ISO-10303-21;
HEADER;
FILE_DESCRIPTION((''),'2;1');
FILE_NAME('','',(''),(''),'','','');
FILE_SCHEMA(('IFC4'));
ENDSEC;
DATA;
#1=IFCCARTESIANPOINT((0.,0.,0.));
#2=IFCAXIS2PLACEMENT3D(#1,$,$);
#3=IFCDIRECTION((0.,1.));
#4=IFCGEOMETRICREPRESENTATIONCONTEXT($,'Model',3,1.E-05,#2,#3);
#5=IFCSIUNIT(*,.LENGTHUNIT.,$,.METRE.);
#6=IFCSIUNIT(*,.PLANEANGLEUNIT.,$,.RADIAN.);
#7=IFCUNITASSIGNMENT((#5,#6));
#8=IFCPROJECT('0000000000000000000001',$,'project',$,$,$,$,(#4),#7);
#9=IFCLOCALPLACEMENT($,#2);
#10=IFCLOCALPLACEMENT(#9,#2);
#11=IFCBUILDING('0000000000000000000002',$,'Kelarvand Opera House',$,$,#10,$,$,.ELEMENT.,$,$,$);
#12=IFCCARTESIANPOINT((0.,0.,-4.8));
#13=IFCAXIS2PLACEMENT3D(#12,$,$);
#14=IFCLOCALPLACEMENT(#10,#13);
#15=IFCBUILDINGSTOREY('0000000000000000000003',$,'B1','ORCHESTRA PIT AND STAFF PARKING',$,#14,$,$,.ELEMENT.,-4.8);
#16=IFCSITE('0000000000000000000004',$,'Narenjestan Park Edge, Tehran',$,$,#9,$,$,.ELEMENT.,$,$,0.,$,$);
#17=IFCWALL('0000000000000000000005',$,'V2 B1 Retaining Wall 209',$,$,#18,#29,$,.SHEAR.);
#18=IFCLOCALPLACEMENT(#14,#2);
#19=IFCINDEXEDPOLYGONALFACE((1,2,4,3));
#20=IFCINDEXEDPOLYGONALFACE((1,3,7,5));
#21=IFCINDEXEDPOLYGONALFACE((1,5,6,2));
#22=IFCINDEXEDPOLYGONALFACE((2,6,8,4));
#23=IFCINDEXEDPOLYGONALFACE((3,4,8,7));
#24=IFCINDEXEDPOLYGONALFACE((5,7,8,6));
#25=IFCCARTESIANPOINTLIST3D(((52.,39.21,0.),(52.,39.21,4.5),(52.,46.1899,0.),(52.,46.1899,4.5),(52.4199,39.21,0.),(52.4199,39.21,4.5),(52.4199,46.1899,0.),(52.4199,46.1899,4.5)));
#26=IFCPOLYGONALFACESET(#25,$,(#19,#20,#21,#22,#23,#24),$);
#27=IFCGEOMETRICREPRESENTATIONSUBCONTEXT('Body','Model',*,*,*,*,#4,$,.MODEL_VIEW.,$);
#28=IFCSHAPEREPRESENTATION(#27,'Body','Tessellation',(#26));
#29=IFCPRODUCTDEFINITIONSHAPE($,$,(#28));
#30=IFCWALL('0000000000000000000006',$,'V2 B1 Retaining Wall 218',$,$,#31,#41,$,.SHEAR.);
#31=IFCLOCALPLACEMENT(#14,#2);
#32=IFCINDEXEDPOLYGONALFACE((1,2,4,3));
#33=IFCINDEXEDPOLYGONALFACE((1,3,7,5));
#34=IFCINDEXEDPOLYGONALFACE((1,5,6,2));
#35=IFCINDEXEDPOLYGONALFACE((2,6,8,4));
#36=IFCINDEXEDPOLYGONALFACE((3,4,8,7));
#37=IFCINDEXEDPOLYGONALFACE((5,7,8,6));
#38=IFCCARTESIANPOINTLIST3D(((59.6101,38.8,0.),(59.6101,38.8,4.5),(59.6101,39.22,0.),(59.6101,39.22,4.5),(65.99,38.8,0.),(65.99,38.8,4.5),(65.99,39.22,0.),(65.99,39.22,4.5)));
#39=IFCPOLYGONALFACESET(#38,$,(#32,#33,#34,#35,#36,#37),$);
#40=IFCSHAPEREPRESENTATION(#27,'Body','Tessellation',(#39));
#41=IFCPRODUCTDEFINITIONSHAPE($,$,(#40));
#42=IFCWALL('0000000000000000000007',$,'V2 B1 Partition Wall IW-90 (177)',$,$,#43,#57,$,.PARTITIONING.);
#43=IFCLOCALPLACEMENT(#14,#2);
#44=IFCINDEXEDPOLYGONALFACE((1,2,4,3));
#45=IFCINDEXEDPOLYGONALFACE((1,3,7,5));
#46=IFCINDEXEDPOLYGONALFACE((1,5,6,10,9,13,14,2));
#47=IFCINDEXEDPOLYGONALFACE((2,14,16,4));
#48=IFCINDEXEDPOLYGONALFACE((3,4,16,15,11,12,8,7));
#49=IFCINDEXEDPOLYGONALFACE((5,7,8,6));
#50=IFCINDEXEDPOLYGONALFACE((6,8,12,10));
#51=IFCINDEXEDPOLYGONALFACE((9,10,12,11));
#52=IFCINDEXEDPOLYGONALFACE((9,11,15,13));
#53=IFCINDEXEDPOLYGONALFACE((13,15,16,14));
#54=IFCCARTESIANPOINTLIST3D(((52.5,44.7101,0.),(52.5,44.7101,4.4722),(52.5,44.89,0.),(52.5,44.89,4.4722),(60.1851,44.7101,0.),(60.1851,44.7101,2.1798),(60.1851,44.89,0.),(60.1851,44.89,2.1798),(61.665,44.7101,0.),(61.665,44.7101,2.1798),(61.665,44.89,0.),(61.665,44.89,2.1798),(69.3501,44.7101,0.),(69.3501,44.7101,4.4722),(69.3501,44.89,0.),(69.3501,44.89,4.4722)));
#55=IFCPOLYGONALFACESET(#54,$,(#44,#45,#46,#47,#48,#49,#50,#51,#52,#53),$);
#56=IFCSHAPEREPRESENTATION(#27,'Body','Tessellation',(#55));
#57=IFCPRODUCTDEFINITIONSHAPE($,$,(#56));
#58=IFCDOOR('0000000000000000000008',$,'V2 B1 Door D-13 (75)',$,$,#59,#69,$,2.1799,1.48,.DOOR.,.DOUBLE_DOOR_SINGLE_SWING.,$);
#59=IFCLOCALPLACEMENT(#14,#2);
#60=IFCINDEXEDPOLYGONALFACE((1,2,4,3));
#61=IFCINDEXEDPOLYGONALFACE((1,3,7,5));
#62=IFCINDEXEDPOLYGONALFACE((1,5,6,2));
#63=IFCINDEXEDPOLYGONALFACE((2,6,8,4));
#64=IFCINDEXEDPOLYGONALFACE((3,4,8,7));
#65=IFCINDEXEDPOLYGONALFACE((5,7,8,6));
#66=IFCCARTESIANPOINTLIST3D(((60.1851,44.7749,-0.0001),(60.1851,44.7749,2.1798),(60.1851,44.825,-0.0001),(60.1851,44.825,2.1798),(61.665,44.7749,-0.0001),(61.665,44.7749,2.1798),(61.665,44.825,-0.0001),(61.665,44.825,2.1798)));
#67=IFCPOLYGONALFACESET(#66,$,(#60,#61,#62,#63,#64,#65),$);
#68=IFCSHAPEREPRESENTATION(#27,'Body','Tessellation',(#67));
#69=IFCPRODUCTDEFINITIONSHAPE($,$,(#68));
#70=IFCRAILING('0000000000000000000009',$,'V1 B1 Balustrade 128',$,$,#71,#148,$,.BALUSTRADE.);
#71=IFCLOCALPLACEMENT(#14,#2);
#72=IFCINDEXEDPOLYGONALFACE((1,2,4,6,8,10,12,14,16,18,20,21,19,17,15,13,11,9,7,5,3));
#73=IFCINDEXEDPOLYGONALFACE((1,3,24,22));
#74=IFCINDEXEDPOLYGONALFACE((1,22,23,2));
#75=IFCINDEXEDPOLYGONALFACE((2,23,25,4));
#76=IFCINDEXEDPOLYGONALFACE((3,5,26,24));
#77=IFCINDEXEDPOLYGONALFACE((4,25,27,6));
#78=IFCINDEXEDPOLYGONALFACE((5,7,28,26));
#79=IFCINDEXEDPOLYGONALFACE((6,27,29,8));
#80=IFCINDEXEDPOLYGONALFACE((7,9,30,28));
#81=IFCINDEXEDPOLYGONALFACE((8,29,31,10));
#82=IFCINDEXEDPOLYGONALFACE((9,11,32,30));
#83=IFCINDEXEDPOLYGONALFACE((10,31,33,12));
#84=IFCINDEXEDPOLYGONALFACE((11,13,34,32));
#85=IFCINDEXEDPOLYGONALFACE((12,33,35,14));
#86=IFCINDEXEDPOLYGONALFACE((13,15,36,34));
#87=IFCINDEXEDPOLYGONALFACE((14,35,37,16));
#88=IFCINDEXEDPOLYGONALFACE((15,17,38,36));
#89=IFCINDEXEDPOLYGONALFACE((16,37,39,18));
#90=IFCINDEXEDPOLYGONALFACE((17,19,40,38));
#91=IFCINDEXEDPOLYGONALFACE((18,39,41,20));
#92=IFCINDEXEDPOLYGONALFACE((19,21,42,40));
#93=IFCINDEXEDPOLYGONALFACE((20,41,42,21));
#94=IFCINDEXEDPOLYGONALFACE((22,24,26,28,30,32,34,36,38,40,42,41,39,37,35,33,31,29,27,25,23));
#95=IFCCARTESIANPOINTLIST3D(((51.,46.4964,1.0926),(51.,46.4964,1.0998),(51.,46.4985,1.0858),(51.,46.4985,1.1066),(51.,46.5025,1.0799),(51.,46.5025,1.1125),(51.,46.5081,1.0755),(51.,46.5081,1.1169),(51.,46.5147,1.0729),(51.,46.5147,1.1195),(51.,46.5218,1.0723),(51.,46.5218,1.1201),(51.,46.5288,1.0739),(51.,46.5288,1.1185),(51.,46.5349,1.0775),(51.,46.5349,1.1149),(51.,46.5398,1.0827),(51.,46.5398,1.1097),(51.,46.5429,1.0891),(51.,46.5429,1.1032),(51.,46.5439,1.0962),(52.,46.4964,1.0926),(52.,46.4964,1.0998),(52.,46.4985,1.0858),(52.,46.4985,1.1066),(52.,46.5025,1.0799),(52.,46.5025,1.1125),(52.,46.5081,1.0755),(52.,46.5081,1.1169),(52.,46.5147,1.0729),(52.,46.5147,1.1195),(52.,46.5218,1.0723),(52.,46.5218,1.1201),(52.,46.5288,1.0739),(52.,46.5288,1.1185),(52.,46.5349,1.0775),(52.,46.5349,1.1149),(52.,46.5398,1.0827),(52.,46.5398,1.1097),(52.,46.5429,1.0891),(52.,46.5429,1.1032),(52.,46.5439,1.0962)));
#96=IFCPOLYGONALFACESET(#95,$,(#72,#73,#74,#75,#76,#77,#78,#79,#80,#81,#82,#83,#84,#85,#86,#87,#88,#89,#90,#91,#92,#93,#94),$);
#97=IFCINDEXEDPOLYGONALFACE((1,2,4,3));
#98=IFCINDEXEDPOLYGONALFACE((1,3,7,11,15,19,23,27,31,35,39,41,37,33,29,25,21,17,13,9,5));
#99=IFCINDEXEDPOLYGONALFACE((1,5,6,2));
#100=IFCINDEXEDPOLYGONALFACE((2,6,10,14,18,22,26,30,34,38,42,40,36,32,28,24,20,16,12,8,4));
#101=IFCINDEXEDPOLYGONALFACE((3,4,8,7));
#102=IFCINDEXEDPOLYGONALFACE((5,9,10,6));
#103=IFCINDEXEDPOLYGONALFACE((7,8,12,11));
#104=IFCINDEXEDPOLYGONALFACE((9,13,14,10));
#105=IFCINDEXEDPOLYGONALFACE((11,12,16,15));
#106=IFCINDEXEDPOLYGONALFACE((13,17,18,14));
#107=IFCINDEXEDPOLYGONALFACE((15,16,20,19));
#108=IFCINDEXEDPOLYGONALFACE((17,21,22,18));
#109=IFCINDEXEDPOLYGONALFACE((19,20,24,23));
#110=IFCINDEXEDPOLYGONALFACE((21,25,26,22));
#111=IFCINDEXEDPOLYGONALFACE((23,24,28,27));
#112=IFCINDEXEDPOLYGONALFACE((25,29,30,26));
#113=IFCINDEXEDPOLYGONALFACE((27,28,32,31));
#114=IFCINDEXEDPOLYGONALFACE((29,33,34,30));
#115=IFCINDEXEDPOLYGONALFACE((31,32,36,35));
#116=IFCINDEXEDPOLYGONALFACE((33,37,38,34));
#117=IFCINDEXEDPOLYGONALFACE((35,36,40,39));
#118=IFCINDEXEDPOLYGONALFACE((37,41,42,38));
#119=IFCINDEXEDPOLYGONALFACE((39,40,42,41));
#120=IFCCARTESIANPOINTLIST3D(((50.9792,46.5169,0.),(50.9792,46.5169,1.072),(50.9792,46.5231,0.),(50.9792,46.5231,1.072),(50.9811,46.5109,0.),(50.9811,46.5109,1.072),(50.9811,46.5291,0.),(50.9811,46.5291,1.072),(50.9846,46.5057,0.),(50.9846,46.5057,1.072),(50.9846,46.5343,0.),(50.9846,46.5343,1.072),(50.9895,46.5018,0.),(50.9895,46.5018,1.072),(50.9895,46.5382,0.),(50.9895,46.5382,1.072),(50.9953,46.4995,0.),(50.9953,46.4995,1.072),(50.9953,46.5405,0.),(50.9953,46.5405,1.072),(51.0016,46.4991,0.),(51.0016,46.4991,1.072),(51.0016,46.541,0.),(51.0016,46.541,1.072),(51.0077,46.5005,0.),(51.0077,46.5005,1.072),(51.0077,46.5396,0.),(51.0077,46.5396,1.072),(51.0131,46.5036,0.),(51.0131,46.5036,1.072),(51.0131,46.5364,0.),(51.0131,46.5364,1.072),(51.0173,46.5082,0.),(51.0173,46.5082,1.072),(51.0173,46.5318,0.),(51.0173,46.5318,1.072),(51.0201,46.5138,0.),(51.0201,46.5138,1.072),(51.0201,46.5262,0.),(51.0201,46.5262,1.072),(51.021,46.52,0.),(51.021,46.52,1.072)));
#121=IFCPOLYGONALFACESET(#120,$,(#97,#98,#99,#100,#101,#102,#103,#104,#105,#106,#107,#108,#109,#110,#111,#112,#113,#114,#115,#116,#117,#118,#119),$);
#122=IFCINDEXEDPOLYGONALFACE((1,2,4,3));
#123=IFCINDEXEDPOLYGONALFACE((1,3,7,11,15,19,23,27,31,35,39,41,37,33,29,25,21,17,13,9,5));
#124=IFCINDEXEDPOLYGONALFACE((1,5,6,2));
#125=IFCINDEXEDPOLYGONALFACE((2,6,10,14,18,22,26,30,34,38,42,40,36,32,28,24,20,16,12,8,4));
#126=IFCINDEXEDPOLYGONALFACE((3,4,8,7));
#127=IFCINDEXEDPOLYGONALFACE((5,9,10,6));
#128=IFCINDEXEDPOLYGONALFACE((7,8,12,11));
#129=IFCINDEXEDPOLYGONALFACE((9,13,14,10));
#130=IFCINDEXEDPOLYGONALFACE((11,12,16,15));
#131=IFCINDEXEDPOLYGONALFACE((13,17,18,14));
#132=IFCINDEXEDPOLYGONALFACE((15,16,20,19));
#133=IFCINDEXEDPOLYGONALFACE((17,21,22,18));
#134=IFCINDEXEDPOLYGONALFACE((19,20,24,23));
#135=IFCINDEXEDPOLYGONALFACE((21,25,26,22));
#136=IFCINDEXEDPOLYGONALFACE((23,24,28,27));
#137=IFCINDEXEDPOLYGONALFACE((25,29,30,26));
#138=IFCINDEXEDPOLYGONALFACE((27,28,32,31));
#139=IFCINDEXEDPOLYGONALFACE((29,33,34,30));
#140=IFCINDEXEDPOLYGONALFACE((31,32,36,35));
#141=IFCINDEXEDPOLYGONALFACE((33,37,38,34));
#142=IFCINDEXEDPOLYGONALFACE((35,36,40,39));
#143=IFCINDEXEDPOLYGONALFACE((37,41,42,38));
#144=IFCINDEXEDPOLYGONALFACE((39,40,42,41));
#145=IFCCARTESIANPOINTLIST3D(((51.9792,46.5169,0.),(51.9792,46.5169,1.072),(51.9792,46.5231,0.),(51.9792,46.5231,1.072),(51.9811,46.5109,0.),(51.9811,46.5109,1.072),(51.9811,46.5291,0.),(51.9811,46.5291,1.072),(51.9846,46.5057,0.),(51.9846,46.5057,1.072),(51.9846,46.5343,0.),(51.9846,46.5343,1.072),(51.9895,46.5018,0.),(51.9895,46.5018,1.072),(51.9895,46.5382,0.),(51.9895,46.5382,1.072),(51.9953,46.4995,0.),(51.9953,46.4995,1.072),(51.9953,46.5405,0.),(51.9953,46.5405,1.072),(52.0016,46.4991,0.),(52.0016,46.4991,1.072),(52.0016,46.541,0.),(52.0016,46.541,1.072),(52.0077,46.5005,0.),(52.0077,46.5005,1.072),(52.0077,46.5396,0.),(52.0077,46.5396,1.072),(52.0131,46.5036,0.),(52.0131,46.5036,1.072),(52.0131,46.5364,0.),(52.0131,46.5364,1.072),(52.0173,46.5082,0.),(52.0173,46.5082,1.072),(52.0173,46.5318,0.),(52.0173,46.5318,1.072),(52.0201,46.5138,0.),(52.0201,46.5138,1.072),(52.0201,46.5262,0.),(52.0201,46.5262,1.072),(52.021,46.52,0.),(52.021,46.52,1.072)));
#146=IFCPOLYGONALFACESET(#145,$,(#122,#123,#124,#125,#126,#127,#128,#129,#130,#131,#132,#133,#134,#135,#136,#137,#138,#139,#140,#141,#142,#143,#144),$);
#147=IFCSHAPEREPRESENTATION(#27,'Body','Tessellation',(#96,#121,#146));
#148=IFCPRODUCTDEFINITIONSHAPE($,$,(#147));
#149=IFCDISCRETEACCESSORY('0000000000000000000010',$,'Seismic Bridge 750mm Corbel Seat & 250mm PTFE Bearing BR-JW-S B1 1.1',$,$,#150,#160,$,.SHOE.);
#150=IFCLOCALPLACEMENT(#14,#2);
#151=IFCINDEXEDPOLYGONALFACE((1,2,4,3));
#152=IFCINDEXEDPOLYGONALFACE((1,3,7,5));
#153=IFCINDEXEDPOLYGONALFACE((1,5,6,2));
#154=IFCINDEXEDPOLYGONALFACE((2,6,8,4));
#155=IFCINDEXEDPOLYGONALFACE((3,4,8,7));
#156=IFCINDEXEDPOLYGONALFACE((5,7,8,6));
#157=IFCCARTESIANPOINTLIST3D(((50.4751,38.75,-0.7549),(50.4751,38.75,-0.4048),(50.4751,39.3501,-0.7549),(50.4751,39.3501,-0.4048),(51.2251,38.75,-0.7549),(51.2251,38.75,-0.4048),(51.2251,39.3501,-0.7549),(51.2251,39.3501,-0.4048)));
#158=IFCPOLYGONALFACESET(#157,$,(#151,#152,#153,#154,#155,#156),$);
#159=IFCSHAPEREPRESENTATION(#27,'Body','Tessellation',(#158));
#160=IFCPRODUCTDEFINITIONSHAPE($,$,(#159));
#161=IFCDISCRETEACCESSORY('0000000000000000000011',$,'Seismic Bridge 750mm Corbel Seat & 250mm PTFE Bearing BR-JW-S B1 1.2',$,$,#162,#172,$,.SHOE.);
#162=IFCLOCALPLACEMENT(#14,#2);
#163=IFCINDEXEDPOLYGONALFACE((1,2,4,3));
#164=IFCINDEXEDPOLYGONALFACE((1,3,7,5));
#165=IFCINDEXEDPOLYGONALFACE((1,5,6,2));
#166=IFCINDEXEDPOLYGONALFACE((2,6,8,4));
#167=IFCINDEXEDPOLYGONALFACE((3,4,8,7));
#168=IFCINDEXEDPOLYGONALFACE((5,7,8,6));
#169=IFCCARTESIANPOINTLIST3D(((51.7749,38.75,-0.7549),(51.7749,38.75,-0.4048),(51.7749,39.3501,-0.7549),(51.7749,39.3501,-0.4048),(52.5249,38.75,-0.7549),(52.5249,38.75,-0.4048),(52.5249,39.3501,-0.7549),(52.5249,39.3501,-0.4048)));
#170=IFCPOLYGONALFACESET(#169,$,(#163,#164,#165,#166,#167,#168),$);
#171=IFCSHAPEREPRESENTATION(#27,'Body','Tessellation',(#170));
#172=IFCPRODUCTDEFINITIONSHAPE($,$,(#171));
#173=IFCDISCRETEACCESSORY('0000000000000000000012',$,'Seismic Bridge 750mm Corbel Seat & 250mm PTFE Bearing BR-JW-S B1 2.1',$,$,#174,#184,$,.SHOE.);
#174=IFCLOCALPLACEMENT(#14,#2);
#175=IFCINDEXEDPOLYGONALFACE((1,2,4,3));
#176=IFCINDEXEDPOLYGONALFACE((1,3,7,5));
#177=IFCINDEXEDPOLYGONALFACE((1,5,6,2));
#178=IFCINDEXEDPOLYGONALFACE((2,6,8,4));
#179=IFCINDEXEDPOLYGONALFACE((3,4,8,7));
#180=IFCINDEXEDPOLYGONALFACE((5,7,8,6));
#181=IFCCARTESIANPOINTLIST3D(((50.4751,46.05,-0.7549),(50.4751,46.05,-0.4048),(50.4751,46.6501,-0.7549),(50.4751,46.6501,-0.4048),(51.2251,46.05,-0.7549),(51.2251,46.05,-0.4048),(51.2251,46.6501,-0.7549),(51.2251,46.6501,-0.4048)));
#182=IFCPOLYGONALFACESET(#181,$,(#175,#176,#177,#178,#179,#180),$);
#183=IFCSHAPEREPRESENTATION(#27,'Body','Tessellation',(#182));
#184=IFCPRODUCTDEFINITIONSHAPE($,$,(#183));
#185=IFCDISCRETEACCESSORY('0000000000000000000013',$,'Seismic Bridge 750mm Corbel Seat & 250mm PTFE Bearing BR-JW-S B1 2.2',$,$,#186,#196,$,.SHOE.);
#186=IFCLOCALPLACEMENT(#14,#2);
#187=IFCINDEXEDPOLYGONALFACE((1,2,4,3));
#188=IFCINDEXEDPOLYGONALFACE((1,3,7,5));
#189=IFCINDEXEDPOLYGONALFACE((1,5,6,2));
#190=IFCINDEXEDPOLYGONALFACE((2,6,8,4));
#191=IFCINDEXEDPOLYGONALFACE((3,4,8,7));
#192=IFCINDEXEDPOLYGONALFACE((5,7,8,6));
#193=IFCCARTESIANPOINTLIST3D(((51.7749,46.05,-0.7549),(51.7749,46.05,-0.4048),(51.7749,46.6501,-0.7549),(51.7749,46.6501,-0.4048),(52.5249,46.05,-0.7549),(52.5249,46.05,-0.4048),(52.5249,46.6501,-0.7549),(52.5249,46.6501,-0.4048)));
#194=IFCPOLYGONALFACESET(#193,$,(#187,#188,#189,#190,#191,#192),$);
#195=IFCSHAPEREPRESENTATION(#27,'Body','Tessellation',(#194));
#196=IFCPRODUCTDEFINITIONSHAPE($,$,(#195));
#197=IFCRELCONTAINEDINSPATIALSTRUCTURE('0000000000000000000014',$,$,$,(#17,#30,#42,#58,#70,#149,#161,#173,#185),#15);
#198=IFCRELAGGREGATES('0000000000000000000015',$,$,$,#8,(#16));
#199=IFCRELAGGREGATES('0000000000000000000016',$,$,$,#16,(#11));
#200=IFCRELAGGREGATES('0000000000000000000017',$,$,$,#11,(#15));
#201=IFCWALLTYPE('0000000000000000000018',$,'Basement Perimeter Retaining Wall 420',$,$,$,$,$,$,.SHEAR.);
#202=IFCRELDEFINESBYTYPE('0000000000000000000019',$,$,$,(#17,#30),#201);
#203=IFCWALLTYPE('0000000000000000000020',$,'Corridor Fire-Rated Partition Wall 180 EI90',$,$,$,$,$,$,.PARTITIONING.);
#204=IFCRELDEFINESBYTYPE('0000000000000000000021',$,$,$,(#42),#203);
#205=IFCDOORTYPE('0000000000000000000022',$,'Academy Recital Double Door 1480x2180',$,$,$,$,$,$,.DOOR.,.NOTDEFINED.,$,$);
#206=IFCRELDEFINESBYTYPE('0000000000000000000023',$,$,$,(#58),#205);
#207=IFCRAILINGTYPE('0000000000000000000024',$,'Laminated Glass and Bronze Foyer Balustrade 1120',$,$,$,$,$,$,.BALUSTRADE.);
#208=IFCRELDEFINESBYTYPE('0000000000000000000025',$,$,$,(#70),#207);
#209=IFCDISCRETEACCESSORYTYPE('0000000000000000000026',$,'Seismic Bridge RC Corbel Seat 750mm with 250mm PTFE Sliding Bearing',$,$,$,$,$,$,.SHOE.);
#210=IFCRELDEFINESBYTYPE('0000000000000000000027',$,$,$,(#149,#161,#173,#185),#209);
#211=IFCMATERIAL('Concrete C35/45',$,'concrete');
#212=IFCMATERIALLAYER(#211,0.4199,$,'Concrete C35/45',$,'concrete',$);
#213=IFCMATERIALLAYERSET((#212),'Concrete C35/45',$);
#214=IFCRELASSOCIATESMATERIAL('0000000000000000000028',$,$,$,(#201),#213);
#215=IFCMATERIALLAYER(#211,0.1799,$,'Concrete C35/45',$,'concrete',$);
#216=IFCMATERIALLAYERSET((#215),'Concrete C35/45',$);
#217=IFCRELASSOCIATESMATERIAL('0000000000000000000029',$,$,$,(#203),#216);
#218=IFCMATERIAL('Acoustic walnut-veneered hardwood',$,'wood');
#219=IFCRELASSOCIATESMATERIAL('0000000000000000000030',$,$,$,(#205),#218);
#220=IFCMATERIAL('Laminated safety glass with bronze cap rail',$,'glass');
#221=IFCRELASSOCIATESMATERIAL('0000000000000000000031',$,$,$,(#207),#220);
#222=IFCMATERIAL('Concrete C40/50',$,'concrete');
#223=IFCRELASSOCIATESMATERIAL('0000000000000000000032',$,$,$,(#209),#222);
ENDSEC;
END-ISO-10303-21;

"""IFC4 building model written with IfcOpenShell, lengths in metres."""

from ifc_helpers import new_model, si_unit, direction, frame, frame_2d, origin, origin_2d, place, context, subcontext, project, spatial, rectangle, circle, extrude, material, layer, layer_set, type_object, element, fill, save


model = new_model("IFC4")

# Units and contexts
model_context = context("Model", 3, precision=1e-05, world=origin(), true_north=direction((0.0, 1.0)))
body_context = subcontext(model_context, "Body", "Model", "MODEL_VIEW")
ifc_project = project(units=[si_unit("LENGTHUNIT", "METRE"), si_unit("PLANEANGLEUNIT", "RADIAN")], contexts=[model_context])

# Site, building, storey
site_placement = place(None, origin())
site = spatial("IfcSite", under=ifc_project, at=site_placement, Name="Narenjestan Park Edge, Tehran", CompositionType="ELEMENT", RefElevation=0.0)
building_placement = place(site_placement, origin())
building = spatial("IfcBuilding", under=site, at=building_placement, Name="Kelarvand Opera House", CompositionType="ELEMENT")
storey_placement = place(building_placement, frame((0.0, 0.0, -4.8)))
storey = spatial("IfcBuildingStorey", under=building, at=storey_placement, Name="B1", Description="ORCHESTRA PIT AND STAFF PARKING", CompositionType="ELEMENT", Elevation=-4.8)

# Shared definitions
ifc_material_1 = material(Name="Concrete C40/50", Category="concrete")

# Walls
ifc_material_2 = material(Name="Concrete C35/45", Category="concrete")
ifc_layer_1 = layer(ifc_material_2, 0.4199, Name="Concrete C35/45", Category="concrete")
ifc_layer_set_1 = layer_set([ifc_layer_1], Name="Concrete C35/45")
wall_type_1 = type_object("IfcWallType", Name="Basement Perimeter Retaining Wall 420", PredefinedType="SHEAR", material=ifc_layer_set_1)
wall_1_placement = place(storey_placement, frame((52.21, 39.21, 0.0), z_axis=(0.0, 0.0, 1.0), x_axis=(0.0, 1.0, 0.0)))
element("IfcWall", 1, at=wall_1_placement, inside=storey, type_object=wall_type_1, Name="V2 B1 Retaining Wall 209", PredefinedType="SHEAR", context=body_context, shape_type="SweptSolid", body=[
    extrude(rectangle(XDim=6.98, YDim=0.4199, at=frame_2d((3.49, 0.0))), origin(), (0.0, 0.0, 1.0), 4.5),
])
wall_2_placement = place(storey_placement, frame((65.99, 39.01, 0.0), z_axis=(0.0, 0.0, 1.0), x_axis=(-1.0, 0.0, 0.0)))
element("IfcWall", 2, at=wall_2_placement, inside=storey, type_object=wall_type_1, Name="V2 B1 Retaining Wall 218", PredefinedType="SHEAR", context=body_context, shape_type="SweptSolid", body=[
    extrude(rectangle(XDim=6.3799, YDim=0.4199, at=frame_2d((3.1899, 0.0))), origin(), (0.0, 0.0, 1.0), 4.5),
])

# Wall, opening, door
ifc_layer_2 = layer(ifc_material_2, 0.1799, Name="Concrete C35/45", Category="concrete")
ifc_layer_set_2 = layer_set([ifc_layer_2], Name="Concrete C35/45")
wall_type_2 = type_object("IfcWallType", Name="Corridor Fire-Rated Partition Wall 180 EI90", PredefinedType="PARTITIONING", material=ifc_layer_set_2)
wall_3_placement = place(storey_placement, frame((52.5, 44.8, 0.0), z_axis=(0.0, 0.0, 1.0), x_axis=(1.0, 0.0, 0.0)))
wall_3 = element("IfcWall", 3, at=wall_3_placement, inside=storey, type_object=wall_type_2, Name="V2 B1 Partition Wall IW-90 (177)", PredefinedType="PARTITIONING", context=body_context, shape_type="SweptSolid", body=[
    extrude(rectangle(XDim=16.8501, YDim=0.1799, at=frame_2d((8.425, 0.0))), origin(), (0.0, 0.0, 1.0), 4.4722),
])
opening_placement = place(wall_3_placement, frame((7.6851, 0.0, 0.0)))
opening = element("IfcOpeningElement", 4, at=opening_placement, cuts=wall_3, PredefinedType="OPENING", context=body_context, shape_type="SweptSolid", body=[
    extrude(rectangle(XDim=1.48, YDim=2.1799, at=frame_2d((0.74, 1.0898))), frame((0.0, 0.1001, 0.0), z_axis=(0.0, -1.0, 0.0), x_axis=(1.0, 0.0, 0.0)), (0.0, 0.0, 1.0), 0.2),
])
ifc_material_3 = material(Name="Acoustic walnut-veneered hardwood", Category="wood")
door_type = type_object("IfcDoorType", Name="Academy Recital Double Door 1480x2180", OperationType="NOTDEFINED", PredefinedType="DOOR", material=ifc_material_3)
door_placement = place(opening_placement, origin())
door = element("IfcDoor", 5, at=door_placement, inside=storey, type_object=door_type, Name="V2 B1 Door D-13 (75)", OperationType="DOUBLE_DOOR_SINGLE_SWING", OverallHeight=2.1799, OverallWidth=1.48, PredefinedType="DOOR", context=body_context, shape_type="SweptSolid", body=[
    extrude(rectangle(XDim=1.48, YDim=2.1799, at=frame_2d((0.74, 1.0898))), frame((0.0, 0.0249, 0.0), z_axis=(0.0, -1.0, 0.0), x_axis=(1.0, 0.0, 0.0)), (0.0, 0.0, 1.0), 0.05),
])
fill(opening, door)

# Railing
ifc_material_4 = material(Name="Laminated safety glass with bronze cap rail", Category="glass")
railing_type = type_object("IfcRailingType", Name="Laminated Glass and Bronze Foyer Balustrade 1120", PredefinedType="BALUSTRADE", material=ifc_material_4)
railing_placement = place(storey_placement, frame((51.0, 46.52, 0.0)))
element("IfcRailing", 6, at=railing_placement, inside=storey, type_object=railing_type, Name="V1 B1 Balustrade 128", PredefinedType="BALUSTRADE", context=body_context, shape_type="SweptSolid", body=[
    extrude(circle(Radius=0.0239, at=origin_2d()), frame((0.0, 0.0, 1.0962), z_axis=(1.0, 0.0, 0.0), x_axis=(0.0, 1.0, 0.0)), (0.0, 0.0, 1.0), 1.0),
    extrude(circle(Radius=0.021, at=origin_2d()), origin(), (0.0, 0.0, 1.0), 1.072),
    extrude(circle(Radius=0.021, at=origin_2d()), frame((1.0, 0.0, 0.0)), (0.0, 0.0, 1.0), 1.072),
])

# Discrete accessories
discrete_accessory_type_1 = type_object("IfcDiscreteAccessoryType", Name="Seismic Bridge RC Corbel Seat 750mm with 250mm PTFE Sliding Bearing", PredefinedType="SHOE", material=ifc_material_1)
for number, where, z_axis, x_axis, name in (
    (7, (50.8501, 39.05, -0.7549), (0.0, 0.0, 1.0), (1.0, 0.0, 0.0), "Seismic Bridge 750mm Corbel Seat & 250mm PTFE Bearing BR-JW-S B1 1.1"),
    (8, (52.1499, 39.05, -0.7549), (0.0, 0.0, 1.0), (1.0, 0.0, 0.0), "Seismic Bridge 750mm Corbel Seat & 250mm PTFE Bearing BR-JW-S B1 1.2"),
    (9, (50.8501, 46.3501, -0.7549), (0.0, 0.0, 1.0), (1.0, 0.0, 0.0), "Seismic Bridge 750mm Corbel Seat & 250mm PTFE Bearing BR-JW-S B1 2.1"),
    (10, (52.1499, 46.3501, -0.7549), (0.0, 0.0, 1.0), (1.0, 0.0, 0.0), "Seismic Bridge 750mm Corbel Seat & 250mm PTFE Bearing BR-JW-S B1 2.2"),
):
    element("IfcDiscreteAccessory", number, at=place(storey_placement, frame(where, z_axis=z_axis, x_axis=x_axis)), inside=storey, type_object=discrete_accessory_type_1, Name=name, PredefinedType="SHOE", context=body_context, shape_type="SweptSolid", body=[
        extrude(rectangle(XDim=0.75, YDim=0.6001, at=origin_2d()), origin(), (0.0, 0.0, 1.0), 0.3501),
    ])

save(model, "model.ifc")
